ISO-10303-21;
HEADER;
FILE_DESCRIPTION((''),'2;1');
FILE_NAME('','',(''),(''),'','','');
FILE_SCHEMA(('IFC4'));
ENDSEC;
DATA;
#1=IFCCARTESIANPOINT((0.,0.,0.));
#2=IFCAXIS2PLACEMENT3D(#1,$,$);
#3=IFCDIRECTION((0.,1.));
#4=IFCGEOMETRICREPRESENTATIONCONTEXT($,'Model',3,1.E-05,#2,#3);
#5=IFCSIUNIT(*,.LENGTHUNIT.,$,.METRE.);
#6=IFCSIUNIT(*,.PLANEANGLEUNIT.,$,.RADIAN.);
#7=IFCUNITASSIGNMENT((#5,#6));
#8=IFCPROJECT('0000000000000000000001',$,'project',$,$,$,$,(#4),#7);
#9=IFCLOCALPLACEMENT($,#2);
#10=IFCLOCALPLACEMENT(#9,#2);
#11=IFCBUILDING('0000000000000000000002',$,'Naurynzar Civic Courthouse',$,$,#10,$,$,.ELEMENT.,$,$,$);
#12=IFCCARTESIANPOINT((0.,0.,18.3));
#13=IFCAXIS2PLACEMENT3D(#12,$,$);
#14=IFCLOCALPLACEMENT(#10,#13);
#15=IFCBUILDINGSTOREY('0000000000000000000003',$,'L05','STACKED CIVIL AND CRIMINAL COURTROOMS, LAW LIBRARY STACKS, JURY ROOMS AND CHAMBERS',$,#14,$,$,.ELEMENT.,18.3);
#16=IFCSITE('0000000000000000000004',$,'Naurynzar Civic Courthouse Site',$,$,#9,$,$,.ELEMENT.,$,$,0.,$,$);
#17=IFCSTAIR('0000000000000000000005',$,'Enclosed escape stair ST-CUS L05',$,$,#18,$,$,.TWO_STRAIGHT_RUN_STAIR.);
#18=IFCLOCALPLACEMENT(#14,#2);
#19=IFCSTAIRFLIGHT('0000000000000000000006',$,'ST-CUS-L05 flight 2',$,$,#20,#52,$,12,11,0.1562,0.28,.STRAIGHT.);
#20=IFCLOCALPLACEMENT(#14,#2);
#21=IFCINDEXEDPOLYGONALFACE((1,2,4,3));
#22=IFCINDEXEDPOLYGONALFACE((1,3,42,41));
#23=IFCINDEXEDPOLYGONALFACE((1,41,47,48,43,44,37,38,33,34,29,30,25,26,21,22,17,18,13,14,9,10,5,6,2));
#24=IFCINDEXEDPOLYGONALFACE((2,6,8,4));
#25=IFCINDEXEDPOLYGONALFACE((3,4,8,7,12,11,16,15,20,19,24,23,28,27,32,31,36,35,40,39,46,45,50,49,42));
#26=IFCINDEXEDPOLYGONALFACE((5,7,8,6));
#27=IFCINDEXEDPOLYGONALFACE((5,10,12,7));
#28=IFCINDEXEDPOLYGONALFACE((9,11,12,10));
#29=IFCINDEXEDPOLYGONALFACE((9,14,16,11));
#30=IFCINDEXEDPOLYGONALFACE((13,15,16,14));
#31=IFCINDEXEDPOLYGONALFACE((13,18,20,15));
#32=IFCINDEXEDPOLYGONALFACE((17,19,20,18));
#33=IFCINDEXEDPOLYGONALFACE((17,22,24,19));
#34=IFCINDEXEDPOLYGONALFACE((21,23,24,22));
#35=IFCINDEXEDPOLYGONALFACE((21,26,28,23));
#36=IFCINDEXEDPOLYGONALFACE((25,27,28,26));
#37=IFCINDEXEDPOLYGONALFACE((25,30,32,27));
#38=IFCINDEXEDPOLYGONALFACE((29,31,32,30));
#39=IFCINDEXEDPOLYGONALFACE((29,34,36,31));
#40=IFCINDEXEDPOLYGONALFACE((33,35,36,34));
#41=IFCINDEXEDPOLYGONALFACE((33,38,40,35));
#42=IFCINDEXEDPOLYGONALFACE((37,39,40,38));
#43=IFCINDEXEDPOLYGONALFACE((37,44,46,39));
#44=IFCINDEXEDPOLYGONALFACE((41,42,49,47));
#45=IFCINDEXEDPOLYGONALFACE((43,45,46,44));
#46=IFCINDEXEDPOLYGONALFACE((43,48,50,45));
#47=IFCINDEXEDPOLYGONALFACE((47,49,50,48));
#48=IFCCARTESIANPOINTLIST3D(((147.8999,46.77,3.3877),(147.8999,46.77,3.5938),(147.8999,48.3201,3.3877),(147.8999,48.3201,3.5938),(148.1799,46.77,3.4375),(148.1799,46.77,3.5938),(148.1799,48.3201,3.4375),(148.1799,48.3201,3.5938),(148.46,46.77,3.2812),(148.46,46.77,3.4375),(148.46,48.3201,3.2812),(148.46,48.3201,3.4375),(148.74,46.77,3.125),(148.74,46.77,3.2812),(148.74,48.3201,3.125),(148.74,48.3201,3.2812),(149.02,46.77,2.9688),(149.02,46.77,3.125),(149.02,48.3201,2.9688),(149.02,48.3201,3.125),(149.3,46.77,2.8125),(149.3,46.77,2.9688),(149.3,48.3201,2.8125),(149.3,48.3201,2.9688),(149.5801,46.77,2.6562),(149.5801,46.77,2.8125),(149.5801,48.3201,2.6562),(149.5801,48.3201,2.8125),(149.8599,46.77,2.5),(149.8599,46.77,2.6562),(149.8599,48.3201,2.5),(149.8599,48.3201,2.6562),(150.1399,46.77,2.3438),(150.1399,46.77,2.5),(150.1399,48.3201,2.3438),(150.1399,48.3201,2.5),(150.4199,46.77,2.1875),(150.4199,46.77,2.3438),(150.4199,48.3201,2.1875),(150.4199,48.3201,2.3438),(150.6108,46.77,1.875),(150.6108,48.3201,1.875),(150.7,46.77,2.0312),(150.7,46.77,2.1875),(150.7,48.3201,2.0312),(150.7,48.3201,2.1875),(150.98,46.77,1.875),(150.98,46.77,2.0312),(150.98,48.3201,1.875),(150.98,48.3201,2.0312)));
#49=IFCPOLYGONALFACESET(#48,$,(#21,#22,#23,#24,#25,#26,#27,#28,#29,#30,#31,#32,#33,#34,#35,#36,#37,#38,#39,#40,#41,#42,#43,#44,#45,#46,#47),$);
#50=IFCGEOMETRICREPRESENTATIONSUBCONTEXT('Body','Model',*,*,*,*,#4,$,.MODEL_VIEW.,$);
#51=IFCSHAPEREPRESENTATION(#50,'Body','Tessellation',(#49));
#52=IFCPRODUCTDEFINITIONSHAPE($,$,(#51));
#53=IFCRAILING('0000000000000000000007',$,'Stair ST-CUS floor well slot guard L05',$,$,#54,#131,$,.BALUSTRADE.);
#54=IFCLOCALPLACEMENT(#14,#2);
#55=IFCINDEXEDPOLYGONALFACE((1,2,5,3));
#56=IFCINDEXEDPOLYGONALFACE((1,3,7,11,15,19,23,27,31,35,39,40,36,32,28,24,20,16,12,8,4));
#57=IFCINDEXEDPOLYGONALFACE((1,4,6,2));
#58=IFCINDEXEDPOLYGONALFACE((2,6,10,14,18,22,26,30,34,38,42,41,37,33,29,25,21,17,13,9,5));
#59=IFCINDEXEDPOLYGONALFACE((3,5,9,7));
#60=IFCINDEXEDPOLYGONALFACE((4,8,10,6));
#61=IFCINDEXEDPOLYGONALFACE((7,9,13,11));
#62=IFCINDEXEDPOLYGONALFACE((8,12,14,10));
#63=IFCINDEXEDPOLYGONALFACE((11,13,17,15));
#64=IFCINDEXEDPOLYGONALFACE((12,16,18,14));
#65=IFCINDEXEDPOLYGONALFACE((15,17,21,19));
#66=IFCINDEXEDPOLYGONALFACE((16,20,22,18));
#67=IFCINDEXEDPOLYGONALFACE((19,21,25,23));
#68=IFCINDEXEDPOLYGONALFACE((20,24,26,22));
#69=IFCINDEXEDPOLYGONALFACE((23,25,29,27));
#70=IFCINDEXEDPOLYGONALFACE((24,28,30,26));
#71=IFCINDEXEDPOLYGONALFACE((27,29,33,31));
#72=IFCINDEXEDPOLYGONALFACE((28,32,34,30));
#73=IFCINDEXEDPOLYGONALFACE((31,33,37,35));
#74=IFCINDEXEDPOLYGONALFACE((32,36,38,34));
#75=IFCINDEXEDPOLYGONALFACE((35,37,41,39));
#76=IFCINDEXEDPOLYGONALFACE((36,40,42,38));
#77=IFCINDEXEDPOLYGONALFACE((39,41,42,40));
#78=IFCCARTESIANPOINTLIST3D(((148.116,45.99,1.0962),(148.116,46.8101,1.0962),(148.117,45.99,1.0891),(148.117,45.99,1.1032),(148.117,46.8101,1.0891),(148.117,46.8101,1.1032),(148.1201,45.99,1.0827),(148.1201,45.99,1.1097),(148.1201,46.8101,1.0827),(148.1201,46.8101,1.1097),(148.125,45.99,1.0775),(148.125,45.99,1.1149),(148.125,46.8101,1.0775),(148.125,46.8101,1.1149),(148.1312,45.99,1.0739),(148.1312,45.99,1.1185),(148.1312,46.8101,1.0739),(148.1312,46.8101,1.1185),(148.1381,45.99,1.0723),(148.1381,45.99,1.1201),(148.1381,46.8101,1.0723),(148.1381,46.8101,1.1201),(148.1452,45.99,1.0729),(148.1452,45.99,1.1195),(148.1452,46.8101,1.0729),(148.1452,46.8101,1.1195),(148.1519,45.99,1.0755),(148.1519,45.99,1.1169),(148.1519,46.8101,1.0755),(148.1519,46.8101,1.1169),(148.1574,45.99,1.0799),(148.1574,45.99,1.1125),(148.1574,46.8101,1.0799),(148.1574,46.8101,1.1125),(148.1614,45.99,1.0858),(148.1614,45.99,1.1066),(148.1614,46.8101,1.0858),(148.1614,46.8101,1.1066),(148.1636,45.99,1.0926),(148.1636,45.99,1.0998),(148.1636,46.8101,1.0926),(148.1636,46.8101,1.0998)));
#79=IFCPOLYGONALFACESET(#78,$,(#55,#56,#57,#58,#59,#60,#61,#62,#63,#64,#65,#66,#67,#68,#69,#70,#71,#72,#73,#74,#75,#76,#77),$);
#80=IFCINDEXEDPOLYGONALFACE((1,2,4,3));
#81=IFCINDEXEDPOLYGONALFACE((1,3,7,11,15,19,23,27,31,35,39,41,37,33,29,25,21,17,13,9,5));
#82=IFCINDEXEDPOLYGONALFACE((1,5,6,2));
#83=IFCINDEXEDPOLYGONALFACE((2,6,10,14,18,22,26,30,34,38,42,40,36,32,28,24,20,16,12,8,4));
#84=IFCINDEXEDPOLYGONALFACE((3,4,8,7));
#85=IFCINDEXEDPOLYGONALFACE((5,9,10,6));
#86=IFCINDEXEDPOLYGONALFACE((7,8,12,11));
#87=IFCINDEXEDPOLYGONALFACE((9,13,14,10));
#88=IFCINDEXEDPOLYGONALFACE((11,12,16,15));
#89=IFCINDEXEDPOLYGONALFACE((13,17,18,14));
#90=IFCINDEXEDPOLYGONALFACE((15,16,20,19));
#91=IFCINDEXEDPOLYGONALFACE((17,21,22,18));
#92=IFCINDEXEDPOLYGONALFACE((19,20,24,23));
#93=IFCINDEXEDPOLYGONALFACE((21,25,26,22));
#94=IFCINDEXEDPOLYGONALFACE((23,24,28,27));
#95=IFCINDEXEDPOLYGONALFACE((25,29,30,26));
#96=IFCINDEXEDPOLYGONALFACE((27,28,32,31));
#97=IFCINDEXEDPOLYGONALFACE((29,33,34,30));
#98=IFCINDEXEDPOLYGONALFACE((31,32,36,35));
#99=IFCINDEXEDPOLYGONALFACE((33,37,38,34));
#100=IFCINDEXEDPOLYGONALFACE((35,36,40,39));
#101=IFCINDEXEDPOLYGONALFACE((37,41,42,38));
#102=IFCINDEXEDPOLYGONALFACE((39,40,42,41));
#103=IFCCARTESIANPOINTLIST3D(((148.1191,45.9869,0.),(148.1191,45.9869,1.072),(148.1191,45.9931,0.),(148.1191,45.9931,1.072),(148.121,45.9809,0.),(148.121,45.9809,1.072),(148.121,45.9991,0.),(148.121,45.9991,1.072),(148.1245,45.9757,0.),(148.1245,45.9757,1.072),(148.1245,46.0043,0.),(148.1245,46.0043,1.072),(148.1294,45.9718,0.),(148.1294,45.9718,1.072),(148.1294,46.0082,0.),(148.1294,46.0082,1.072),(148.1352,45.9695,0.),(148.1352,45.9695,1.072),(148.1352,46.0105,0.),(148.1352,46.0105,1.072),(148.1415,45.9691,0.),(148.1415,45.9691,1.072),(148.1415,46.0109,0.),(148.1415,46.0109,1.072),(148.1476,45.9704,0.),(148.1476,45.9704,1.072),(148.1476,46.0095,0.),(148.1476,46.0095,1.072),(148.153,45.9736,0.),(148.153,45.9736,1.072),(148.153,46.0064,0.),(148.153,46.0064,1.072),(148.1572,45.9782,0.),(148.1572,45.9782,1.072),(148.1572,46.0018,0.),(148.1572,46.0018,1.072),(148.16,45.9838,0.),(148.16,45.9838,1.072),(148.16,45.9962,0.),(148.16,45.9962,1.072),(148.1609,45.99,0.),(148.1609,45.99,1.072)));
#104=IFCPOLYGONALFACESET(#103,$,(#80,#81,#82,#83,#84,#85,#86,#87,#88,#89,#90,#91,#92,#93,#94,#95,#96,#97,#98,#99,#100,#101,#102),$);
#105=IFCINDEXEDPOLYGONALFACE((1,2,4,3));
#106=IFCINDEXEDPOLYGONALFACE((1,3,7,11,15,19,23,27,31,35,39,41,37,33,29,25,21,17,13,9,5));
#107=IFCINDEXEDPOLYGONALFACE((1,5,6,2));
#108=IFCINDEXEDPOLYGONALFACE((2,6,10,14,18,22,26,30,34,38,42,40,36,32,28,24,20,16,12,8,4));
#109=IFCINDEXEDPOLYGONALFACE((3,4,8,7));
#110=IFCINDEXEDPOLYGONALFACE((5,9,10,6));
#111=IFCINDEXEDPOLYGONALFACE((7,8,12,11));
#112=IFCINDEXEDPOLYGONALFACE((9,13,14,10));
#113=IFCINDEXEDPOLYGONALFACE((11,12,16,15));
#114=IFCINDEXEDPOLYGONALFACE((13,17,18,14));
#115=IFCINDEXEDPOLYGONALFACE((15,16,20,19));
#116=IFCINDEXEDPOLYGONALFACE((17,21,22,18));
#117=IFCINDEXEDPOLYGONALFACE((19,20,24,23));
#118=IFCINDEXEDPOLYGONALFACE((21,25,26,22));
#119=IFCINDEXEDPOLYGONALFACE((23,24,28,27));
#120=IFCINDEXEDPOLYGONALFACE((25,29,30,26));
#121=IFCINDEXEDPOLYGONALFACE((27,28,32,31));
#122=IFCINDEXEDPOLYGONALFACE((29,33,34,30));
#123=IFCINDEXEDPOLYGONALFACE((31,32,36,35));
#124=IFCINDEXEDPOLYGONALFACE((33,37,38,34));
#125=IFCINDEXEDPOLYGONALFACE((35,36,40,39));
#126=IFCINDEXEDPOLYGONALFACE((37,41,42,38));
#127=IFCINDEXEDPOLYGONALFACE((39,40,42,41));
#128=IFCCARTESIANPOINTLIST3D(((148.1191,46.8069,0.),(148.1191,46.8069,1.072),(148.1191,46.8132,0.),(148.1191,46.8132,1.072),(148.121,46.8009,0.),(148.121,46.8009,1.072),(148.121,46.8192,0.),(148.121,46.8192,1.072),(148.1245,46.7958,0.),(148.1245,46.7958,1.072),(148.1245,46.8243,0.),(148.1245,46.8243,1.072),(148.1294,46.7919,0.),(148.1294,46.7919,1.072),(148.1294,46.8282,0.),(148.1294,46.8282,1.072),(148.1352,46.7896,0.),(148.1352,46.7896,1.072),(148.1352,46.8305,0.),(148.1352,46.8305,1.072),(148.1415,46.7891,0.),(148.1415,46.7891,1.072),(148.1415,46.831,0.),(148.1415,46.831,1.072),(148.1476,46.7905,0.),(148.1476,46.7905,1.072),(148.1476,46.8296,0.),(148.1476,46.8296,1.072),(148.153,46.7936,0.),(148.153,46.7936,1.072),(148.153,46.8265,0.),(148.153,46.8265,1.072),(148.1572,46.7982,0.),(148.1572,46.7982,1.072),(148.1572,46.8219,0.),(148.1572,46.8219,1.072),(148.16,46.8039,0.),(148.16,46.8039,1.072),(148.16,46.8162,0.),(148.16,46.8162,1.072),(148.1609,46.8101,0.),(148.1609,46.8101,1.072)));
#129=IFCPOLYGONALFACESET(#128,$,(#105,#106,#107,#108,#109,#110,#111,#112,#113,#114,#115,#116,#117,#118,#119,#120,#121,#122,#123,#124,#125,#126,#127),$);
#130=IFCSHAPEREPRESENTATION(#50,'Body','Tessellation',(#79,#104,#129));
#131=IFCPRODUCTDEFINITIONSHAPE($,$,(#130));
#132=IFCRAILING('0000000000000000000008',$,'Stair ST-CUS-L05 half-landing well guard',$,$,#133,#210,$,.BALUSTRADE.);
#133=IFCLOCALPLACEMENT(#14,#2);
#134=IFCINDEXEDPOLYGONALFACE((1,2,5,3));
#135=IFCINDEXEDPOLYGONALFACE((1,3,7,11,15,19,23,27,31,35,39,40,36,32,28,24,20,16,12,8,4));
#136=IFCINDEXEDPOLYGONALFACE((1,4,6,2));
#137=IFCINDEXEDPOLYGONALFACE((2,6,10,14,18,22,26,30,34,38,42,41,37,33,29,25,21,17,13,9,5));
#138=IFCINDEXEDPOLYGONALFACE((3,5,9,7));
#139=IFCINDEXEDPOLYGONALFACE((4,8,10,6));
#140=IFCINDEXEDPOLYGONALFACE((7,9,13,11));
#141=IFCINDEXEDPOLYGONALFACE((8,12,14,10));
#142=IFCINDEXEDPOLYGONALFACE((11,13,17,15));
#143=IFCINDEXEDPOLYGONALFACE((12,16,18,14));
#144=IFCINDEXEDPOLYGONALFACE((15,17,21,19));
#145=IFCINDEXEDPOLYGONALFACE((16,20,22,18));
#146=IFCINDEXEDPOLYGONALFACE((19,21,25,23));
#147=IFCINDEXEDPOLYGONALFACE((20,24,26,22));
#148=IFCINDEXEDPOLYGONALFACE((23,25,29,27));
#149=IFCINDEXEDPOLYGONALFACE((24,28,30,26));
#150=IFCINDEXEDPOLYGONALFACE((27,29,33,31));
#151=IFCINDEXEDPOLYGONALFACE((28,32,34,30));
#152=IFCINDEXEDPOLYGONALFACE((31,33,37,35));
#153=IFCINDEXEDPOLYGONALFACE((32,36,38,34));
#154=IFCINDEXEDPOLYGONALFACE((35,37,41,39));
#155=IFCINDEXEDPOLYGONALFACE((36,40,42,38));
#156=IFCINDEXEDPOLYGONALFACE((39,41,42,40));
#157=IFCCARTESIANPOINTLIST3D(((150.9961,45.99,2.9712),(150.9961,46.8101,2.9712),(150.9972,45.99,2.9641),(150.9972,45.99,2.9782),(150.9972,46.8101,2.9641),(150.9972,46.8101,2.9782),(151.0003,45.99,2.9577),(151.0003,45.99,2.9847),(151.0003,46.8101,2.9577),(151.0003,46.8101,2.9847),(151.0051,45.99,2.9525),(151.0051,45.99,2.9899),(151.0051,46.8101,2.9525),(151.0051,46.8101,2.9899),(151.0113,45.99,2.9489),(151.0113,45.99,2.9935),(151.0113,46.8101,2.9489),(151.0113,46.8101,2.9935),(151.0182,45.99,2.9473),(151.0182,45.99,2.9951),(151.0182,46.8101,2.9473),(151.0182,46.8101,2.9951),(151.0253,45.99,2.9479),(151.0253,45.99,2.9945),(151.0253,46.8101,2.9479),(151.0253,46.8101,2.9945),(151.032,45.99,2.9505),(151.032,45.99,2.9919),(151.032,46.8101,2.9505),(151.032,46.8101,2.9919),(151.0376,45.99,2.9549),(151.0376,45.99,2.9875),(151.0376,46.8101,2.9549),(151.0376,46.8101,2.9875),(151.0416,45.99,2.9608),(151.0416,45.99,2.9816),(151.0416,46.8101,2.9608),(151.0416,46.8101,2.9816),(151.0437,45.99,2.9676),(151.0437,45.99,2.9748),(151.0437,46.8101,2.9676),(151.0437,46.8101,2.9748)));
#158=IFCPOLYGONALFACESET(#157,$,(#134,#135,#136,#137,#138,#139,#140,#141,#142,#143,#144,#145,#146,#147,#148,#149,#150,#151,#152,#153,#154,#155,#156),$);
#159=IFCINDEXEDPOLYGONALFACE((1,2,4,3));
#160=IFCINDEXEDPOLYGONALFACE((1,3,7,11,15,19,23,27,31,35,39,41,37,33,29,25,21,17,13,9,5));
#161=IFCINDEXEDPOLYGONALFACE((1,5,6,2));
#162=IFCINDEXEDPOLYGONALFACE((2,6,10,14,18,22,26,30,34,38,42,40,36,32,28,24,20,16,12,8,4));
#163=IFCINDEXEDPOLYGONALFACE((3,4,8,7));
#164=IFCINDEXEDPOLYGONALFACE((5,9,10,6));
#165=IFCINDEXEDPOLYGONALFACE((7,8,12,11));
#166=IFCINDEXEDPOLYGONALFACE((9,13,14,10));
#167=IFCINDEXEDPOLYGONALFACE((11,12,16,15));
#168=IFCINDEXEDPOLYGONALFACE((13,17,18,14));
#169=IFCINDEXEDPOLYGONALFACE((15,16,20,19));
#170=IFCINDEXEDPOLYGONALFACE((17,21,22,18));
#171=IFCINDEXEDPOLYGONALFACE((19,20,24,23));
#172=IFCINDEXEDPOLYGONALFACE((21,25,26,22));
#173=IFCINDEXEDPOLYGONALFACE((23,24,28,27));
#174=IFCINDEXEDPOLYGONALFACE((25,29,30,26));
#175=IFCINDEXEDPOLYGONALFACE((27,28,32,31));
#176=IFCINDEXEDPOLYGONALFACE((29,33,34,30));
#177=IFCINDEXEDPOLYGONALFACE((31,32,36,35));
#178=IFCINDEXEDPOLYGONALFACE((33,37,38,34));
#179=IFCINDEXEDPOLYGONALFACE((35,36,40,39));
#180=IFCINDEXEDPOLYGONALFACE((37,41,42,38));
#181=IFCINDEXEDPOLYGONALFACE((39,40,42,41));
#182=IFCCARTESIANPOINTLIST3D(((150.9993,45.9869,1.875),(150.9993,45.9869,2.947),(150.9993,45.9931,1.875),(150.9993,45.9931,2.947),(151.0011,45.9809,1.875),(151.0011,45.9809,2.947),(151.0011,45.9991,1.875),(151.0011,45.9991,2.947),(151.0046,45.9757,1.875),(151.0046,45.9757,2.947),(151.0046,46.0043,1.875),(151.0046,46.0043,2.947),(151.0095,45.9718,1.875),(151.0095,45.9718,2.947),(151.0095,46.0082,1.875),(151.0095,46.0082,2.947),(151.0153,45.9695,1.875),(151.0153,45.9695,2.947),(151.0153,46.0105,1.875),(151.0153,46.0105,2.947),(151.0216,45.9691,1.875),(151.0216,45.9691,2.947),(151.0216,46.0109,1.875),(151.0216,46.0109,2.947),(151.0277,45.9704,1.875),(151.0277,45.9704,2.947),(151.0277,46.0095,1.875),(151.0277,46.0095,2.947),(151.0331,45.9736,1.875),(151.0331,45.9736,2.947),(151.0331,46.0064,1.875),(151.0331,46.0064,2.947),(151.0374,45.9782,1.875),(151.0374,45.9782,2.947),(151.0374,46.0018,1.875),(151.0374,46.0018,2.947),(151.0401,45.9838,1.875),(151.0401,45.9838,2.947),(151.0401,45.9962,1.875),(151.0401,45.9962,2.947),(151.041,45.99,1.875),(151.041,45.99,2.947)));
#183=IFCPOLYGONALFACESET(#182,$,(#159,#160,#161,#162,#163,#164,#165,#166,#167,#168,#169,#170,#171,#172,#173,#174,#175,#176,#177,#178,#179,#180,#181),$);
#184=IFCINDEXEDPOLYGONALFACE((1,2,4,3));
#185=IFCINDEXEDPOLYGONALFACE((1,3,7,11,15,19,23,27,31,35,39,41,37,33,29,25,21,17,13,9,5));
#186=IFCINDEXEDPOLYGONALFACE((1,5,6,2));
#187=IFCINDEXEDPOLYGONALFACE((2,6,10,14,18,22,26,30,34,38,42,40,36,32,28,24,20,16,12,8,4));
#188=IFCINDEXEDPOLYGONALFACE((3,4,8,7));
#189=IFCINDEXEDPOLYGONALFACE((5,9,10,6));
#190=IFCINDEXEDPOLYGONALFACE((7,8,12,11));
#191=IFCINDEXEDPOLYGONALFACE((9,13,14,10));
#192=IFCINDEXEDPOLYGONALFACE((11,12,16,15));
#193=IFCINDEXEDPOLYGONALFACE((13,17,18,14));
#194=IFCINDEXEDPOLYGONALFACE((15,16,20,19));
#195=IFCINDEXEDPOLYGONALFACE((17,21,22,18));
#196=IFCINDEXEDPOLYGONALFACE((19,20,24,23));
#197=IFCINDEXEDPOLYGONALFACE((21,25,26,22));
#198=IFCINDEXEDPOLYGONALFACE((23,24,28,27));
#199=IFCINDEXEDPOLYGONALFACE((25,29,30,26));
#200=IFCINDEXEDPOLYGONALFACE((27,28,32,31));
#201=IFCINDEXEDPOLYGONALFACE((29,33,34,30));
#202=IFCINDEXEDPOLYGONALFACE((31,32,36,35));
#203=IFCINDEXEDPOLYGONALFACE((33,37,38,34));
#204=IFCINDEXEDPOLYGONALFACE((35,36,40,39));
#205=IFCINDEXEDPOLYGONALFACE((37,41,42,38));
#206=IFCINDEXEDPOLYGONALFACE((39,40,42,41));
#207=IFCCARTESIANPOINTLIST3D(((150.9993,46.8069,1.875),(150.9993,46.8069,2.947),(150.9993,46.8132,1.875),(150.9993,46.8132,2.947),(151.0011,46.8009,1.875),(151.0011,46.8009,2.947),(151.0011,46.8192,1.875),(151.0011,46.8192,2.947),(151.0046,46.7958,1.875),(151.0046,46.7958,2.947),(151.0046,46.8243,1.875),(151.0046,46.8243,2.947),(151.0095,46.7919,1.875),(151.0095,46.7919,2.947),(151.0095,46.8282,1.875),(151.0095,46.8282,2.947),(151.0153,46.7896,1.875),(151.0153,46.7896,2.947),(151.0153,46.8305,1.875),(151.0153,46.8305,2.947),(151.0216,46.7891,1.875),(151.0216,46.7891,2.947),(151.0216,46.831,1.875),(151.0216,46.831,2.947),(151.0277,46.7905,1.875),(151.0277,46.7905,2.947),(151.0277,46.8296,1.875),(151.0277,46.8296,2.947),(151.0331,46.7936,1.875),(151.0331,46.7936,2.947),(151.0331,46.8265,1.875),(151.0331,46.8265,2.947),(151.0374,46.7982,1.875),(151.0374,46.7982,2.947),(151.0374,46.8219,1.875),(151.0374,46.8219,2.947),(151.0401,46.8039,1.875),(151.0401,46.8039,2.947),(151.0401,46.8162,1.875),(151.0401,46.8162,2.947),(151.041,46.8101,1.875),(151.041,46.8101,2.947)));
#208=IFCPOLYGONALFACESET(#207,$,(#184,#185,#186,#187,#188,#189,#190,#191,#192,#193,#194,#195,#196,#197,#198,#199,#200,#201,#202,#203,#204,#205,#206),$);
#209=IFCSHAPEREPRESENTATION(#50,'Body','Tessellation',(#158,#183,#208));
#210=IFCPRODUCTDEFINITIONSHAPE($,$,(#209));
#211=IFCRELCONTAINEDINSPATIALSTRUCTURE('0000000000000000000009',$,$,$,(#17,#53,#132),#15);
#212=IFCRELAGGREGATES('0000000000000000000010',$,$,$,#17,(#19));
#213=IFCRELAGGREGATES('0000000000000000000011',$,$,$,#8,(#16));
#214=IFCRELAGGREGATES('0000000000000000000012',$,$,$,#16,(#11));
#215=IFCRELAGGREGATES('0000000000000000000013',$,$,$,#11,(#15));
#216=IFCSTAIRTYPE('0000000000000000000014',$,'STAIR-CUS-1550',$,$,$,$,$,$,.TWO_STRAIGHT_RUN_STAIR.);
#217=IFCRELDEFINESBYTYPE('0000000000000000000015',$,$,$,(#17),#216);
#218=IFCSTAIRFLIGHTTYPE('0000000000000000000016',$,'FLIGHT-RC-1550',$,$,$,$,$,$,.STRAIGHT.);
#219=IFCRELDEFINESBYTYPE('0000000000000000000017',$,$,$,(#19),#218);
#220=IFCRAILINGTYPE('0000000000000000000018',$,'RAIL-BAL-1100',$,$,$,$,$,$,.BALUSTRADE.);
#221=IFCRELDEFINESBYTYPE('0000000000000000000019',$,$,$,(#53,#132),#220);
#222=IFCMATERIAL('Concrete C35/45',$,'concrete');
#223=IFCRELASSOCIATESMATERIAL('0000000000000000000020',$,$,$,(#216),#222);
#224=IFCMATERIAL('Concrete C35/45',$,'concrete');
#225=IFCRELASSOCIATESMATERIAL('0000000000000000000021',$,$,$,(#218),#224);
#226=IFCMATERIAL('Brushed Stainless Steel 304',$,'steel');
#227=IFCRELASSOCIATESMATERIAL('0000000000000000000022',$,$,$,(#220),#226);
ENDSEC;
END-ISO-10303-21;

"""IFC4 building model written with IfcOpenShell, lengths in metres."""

from ifc_helpers import new_model, si_unit, direction, frame, origin, origin_2d, place, context, subcontext, project, spatial, polyline, circle, outline, extrude, material, type_object, element, aggregate, save


model = new_model("IFC4")

# Units and contexts
model_context = context("Model", 3, precision=1e-05, world=origin(), true_north=direction((0.0, 1.0)))
body_context = subcontext(model_context, "Body", "Model", "MODEL_VIEW")
ifc_project = project(units=[si_unit("LENGTHUNIT", "METRE"), si_unit("PLANEANGLEUNIT", "RADIAN")], contexts=[model_context])

# Site, building, storey
site_placement = place(None, origin())
site = spatial("IfcSite", under=ifc_project, at=site_placement, Name="Naurynzar Civic Courthouse Site", CompositionType="ELEMENT", RefElevation=0.0)
building_placement = place(site_placement, origin())
building = spatial("IfcBuilding", under=site, at=building_placement, Name="Naurynzar Civic Courthouse", CompositionType="ELEMENT")
storey_placement = place(building_placement, frame((0.0, 0.0, 18.3)))
storey = spatial("IfcBuildingStorey", under=building, at=storey_placement, Name="L05", Description="STACKED CIVIL AND CRIMINAL COURTROOMS, LAW LIBRARY STACKS, JURY ROOMS AND CHAMBERS", CompositionType="ELEMENT", Elevation=18.3)

# Stair, stair flight
ifc_material_1 = material(Name="Concrete C35/45", Category="concrete")
stair_type = type_object("IfcStairType", Name="STAIR-CUS-1550", PredefinedType="TWO_STRAIGHT_RUN_STAIR", material=ifc_material_1)
stair_placement = place(storey_placement, origin())
stair = element("IfcStair", 1, at=stair_placement, inside=storey, type_object=stair_type, Name="Enclosed escape stair ST-CUS L05", PredefinedType="TWO_STRAIGHT_RUN_STAIR")
ifc_material_2 = material(Name="Concrete C35/45", Category="concrete")
stair_flight_type = type_object("IfcStairFlightType", Name="FLIGHT-RC-1550", PredefinedType="STRAIGHT", material=ifc_material_2)
stair_flight_1_placement = place(storey_placement, frame((150.98, 47.5449, 1.875), z_axis=(0.0, 0.0, 1.0), x_axis=(-1.0, 0.0, 0.0)))
stair_flight_1 = element("IfcStairFlight", 2, at=stair_flight_1_placement, type_object=stair_flight_type, Name="ST-CUS-L05 flight 2", NumberOfRisers=12, NumberOfTreads=11, PredefinedType="STRAIGHT", RiserHeight=0.1562, TreadLength=0.28, context=body_context, shape_type="SweptSolid", body=[
    extrude(outline(polyline([(0.0, 0.0), (0.0, 0.1562), (0.28, 0.1562), (0.28, 0.3125), (0.5601, 0.3125), (0.5601, 0.4688), (0.8401, 0.4688), (0.8401, 0.625), (1.1201, 0.625), (1.1201, 0.7812), (1.3999, 0.7812), (1.3999, 0.9375), (1.6799, 0.9375), (1.6799, 1.0938), (1.96, 1.0938), (1.96, 1.25), (2.24, 1.25), (2.24, 1.4062), (2.52, 1.4062), (2.52, 1.5625), (2.8, 1.5625), (2.8, 1.7188), (3.0801, 1.7188), (3.0801, 1.875), (3.0801, 1.5127), (0.3691, 0.0), (0.0, 0.0)])), frame((0.0, 0.7749, 0.0), z_axis=(0.0, -1.0, 0.0), x_axis=(1.0, 0.0, 0.0)), (0.0, 0.0, 1.0), 1.55),
])
aggregate(stair, [stair_flight_1])

# Railings
ifc_material_3 = material(Name="Brushed Stainless Steel 304", Category="steel")
railing_type_1 = type_object("IfcRailingType", Name="RAIL-BAL-1100", PredefinedType="BALUSTRADE", material=ifc_material_3)
for number, where, name in (
    (3, (148.1399, 45.99, 0.0), "Stair ST-CUS floor well slot guard L05"),
    (4, (151.02, 45.99, 1.875), "Stair ST-CUS-L05 half-landing well guard"),
):
    element("IfcRailing", number, at=place(storey_placement, frame(where)), inside=storey, type_object=railing_type_1, Name=name, PredefinedType="BALUSTRADE", context=body_context, shape_type="SweptSolid", body=[
        extrude(circle(Radius=0.0239, at=origin_2d()), frame((0.0, 0.0, 1.0962), z_axis=(0.0, 1.0, 0.0), x_axis=(-1.0, 0.0, 0.0)), (0.0, 0.0, 1.0), 0.8201),
        extrude(circle(Radius=0.021, at=origin_2d()), origin(), (0.0, 0.0, 1.0), 1.072),
        extrude(circle(Radius=0.021, at=origin_2d()), frame((0.0, 0.8201, 0.0)), (0.0, 0.0, 1.0), 1.072),
    ])

save(model, "model.ifc")
